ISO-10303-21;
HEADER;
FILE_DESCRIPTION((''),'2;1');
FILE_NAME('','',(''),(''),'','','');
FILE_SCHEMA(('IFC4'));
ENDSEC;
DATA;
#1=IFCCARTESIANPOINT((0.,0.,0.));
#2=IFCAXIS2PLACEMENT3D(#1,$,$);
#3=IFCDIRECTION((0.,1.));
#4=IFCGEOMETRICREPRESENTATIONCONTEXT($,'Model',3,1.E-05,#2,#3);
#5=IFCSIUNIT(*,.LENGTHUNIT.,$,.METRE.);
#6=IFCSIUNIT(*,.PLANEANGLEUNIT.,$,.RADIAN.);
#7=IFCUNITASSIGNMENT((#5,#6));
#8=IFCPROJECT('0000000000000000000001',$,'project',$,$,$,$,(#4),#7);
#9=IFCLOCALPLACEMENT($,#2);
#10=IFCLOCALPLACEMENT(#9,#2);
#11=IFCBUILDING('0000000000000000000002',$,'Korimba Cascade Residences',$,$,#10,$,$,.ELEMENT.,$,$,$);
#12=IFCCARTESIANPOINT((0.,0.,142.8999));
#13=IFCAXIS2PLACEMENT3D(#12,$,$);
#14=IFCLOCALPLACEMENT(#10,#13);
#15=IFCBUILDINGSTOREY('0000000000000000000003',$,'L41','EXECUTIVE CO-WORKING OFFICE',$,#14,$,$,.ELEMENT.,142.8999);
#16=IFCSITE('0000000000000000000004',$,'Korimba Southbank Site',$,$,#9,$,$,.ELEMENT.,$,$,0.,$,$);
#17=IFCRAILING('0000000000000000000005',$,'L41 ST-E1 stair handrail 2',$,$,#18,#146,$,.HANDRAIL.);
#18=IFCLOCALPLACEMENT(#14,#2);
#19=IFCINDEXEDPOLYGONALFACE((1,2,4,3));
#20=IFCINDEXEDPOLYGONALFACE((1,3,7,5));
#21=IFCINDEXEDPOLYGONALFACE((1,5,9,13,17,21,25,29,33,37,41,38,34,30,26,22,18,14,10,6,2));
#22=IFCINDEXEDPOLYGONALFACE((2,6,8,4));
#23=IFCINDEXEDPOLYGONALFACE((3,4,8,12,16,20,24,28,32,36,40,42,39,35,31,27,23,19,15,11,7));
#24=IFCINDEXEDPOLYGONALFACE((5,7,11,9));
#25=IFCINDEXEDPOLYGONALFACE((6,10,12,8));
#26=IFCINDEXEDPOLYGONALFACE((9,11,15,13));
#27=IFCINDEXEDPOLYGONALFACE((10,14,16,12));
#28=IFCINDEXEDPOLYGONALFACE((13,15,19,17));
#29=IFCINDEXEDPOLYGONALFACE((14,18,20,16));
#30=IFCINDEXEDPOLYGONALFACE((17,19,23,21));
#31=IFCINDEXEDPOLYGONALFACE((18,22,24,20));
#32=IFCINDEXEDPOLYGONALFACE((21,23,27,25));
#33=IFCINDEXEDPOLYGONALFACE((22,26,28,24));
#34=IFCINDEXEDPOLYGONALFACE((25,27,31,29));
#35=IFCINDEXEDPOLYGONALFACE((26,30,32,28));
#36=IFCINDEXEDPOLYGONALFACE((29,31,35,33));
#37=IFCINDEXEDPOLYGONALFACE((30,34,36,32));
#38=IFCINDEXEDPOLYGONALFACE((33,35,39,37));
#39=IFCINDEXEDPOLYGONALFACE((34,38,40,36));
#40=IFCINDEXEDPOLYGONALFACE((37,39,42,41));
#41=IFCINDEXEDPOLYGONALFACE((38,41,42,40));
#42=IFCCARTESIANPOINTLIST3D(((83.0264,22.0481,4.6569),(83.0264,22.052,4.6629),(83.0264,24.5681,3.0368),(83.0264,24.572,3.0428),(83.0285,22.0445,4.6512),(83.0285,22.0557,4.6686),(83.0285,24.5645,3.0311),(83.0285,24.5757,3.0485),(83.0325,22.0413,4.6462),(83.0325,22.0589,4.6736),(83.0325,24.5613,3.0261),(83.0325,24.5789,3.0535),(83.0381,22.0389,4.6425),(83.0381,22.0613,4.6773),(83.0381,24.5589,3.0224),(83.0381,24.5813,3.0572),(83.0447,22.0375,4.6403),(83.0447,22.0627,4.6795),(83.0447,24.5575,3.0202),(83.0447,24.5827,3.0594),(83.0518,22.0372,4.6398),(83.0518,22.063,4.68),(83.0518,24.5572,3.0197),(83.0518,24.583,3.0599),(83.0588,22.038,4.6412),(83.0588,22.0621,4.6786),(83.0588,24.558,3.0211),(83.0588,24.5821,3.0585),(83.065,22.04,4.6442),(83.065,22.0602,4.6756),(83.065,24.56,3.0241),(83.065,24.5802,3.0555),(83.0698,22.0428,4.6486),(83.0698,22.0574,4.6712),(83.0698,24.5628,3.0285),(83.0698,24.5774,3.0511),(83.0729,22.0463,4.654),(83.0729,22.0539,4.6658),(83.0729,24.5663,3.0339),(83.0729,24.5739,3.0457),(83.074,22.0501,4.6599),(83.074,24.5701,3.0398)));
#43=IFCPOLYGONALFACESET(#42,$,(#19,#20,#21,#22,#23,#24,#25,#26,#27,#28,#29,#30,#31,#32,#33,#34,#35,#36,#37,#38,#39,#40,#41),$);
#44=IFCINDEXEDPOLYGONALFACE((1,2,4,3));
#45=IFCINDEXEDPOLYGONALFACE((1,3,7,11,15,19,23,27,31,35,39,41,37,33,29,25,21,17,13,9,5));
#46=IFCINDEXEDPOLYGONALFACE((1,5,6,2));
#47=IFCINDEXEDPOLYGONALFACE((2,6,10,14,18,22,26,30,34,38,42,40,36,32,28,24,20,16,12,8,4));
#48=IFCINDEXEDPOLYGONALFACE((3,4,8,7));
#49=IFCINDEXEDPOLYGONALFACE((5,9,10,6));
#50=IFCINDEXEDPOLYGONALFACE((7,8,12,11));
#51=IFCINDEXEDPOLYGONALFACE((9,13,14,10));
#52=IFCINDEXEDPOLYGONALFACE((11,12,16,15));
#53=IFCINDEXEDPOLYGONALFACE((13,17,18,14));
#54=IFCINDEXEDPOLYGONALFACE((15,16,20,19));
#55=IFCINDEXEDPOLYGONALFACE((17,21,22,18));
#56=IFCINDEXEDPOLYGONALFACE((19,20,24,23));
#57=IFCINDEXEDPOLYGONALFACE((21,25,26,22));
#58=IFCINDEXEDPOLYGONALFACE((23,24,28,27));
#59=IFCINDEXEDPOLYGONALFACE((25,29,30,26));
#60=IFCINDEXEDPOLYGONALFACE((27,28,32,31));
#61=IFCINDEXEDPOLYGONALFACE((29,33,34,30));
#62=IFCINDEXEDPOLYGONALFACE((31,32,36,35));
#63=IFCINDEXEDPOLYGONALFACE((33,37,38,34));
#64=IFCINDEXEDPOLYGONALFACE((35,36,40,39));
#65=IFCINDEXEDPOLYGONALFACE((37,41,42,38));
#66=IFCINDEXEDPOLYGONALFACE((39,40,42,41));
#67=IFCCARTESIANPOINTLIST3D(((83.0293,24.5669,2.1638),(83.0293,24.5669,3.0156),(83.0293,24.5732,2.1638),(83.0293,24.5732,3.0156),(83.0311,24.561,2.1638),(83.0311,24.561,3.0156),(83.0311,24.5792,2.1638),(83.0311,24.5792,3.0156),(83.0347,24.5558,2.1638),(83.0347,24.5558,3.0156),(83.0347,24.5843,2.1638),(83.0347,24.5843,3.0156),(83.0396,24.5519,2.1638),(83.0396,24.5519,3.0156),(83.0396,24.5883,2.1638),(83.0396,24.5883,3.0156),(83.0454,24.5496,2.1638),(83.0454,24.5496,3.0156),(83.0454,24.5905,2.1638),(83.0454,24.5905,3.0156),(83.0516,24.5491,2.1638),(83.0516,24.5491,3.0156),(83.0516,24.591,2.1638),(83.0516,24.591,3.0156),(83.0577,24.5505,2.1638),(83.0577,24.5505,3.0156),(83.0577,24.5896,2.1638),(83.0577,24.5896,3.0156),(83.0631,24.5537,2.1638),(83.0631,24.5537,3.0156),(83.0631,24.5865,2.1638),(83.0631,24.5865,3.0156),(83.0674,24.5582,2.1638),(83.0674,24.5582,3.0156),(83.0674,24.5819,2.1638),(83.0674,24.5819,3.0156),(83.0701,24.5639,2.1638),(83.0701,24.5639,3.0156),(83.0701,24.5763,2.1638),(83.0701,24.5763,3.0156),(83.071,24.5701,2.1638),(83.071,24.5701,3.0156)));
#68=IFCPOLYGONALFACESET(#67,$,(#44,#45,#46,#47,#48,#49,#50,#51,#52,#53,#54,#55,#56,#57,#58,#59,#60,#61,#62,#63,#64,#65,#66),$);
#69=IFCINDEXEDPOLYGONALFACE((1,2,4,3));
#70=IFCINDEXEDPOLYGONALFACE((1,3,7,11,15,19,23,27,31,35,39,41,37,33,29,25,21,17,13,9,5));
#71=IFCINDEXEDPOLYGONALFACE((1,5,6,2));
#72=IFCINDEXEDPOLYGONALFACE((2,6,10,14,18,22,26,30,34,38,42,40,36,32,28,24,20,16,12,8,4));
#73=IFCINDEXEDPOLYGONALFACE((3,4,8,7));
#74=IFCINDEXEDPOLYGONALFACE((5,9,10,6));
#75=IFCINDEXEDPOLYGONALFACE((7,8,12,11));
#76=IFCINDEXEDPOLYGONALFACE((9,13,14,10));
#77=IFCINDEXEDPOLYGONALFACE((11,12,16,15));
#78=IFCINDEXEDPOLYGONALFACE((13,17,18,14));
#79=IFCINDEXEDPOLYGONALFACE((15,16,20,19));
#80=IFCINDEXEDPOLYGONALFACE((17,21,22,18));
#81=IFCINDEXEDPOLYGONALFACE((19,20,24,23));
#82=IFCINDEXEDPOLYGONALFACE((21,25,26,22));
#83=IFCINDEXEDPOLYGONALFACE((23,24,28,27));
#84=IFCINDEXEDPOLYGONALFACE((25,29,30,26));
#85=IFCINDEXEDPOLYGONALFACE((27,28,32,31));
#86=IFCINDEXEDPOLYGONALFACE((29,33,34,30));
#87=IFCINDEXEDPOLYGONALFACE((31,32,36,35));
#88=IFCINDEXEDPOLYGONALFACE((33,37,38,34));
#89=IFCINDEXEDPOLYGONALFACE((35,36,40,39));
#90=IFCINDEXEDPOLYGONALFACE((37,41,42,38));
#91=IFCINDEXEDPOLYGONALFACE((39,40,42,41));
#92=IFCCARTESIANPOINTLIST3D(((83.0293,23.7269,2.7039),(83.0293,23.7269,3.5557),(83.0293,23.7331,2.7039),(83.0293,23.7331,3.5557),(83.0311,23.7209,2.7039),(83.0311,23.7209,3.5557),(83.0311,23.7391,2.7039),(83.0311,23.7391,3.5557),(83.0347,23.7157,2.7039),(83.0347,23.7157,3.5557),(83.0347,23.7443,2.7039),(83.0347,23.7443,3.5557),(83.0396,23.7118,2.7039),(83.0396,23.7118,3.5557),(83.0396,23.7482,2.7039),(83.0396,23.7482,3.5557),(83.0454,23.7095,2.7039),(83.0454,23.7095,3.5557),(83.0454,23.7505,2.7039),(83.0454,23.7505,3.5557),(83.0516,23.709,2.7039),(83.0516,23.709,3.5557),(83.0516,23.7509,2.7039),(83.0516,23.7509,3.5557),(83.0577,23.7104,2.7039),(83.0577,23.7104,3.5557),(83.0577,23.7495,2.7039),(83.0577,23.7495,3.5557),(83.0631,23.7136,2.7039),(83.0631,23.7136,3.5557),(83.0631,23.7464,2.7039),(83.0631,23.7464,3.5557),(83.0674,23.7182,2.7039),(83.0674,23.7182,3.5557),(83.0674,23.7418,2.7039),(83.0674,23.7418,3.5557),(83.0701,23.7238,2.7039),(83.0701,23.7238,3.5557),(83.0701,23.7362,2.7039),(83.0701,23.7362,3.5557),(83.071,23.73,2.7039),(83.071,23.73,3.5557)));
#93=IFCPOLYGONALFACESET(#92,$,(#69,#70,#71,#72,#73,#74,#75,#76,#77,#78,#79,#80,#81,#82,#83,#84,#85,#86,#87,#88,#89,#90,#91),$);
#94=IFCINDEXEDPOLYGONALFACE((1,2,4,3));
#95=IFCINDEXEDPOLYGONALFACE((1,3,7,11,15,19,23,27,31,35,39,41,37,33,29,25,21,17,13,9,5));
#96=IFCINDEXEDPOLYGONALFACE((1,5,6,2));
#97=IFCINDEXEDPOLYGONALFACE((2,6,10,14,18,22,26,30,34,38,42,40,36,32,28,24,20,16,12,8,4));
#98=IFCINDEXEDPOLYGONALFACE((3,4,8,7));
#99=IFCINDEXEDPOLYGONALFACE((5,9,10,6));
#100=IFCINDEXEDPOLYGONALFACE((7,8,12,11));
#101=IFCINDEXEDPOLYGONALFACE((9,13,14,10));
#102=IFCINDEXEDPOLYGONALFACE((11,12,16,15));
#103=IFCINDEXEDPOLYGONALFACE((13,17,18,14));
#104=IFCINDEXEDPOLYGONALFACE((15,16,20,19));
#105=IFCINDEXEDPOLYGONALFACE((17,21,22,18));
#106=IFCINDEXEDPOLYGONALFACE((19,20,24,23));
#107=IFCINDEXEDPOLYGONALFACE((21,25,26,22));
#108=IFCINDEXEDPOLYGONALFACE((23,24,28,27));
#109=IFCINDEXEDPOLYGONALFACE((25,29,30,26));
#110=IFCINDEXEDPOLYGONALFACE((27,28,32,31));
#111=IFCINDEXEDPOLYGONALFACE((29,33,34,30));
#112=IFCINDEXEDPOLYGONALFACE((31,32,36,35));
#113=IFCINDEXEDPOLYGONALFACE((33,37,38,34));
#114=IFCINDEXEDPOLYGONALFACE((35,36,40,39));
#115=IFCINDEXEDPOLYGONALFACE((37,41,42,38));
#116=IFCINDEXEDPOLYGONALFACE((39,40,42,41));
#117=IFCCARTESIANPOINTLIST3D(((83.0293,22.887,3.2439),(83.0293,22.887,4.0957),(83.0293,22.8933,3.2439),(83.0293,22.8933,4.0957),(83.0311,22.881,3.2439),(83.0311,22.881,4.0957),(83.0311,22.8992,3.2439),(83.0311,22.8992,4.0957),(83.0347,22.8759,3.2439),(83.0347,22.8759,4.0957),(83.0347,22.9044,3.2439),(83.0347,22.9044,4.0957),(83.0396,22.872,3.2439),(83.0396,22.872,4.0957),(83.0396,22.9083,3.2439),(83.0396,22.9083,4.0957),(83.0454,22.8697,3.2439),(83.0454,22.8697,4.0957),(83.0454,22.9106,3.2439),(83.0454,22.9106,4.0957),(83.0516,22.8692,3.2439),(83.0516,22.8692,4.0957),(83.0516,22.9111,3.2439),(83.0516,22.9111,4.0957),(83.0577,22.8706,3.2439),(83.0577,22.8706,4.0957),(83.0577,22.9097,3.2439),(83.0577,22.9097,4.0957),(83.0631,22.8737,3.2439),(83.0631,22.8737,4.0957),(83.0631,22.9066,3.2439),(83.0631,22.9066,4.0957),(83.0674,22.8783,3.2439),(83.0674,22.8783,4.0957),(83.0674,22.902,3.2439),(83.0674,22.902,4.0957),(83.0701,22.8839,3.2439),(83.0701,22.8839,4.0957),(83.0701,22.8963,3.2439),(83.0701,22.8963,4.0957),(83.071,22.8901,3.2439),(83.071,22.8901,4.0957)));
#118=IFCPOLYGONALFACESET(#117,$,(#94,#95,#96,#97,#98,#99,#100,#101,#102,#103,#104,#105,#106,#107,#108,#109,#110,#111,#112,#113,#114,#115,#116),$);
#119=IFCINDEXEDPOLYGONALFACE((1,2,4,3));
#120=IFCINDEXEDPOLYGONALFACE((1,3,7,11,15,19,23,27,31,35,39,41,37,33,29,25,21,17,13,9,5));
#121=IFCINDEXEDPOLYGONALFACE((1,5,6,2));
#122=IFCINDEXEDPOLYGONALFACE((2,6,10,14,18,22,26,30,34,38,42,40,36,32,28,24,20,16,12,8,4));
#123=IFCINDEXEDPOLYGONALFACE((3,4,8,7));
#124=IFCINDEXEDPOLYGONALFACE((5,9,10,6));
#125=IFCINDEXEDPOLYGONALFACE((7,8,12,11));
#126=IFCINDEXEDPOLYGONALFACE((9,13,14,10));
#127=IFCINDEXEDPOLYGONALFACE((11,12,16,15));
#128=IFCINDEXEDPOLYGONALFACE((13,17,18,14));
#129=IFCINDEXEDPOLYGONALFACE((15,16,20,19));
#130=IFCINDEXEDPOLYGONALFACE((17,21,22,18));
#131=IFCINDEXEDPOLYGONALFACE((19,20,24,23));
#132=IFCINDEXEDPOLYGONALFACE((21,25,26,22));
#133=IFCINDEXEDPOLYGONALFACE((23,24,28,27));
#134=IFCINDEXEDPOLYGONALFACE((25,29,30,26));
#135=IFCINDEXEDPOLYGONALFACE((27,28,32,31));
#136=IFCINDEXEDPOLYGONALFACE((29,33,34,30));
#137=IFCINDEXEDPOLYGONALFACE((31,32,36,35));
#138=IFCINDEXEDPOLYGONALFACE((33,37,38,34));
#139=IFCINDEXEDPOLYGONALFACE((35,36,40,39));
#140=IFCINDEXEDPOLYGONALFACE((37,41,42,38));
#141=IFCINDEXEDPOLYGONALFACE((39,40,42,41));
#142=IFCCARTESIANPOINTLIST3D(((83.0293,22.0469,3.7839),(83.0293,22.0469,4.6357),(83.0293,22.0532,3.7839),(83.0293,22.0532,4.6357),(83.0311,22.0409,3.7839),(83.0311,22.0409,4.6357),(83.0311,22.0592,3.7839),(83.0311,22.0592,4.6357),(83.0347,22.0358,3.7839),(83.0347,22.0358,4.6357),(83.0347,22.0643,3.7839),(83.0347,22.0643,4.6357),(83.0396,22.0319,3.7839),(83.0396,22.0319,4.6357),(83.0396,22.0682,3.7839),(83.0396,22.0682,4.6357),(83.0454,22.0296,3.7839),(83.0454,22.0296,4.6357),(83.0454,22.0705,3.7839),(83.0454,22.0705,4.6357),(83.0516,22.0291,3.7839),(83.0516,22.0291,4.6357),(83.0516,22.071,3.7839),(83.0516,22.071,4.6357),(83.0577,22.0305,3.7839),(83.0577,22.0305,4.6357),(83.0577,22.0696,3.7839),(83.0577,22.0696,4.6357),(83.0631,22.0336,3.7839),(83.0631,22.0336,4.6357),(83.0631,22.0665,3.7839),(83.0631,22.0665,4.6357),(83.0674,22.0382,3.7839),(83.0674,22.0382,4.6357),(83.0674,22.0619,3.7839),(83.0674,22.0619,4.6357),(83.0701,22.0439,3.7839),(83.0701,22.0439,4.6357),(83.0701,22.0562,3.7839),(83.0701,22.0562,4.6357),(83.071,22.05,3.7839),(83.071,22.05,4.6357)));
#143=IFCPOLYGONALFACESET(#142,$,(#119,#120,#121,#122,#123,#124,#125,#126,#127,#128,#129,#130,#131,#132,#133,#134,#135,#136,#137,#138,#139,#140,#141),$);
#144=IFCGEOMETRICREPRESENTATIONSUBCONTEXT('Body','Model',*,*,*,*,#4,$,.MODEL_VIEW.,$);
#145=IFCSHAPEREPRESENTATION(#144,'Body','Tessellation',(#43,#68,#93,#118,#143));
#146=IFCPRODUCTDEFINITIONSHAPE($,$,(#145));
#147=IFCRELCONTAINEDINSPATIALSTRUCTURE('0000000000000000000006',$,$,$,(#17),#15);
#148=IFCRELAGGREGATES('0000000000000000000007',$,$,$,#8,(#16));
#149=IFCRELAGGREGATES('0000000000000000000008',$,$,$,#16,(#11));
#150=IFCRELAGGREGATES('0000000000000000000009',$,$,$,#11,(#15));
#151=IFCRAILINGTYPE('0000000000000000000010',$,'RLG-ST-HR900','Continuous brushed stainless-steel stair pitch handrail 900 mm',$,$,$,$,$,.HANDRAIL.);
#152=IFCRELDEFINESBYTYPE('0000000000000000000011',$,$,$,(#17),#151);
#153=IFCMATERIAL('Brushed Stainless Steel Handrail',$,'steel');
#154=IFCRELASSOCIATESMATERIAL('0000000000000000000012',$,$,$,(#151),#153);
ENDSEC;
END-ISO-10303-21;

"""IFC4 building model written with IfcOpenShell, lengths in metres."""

from ifc_helpers import new_model, si_unit, direction, frame, origin, origin_2d, place, context, subcontext, project, spatial, circle, extrude, material, type_object, element, save


model = new_model("IFC4")

# Units and contexts
model_context = context("Model", 3, precision=1e-05, world=origin(), true_north=direction((0.0, 1.0)))
body_context = subcontext(model_context, "Body", "Model", "MODEL_VIEW")
ifc_project = project(units=[si_unit("LENGTHUNIT", "METRE"), si_unit("PLANEANGLEUNIT", "RADIAN")], contexts=[model_context])

# Site, building, storey
site_placement = place(None, origin())
site = spatial("IfcSite", under=ifc_project, at=site_placement, Name="Korimba Southbank Site", CompositionType="ELEMENT", RefElevation=0.0)
building_placement = place(site_placement, origin())
building = spatial("IfcBuilding", under=site, at=building_placement, Name="Korimba Cascade Residences", CompositionType="ELEMENT")
storey_placement = place(building_placement, frame((0.0, 0.0, 142.8999)))
storey = spatial("IfcBuildingStorey", under=building, at=storey_placement, Name="L41", Description="EXECUTIVE CO-WORKING OFFICE", CompositionType="ELEMENT", Elevation=142.8999)

# Railing
ifc_material_1 = material(Name="Brushed Stainless Steel Handrail", Category="steel")
railing_type_1 = type_object("IfcRailingType", Name="RLG-ST-HR900", Description="Continuous brushed stainless-steel stair pitch handrail 900 mm", PredefinedType="HANDRAIL", material=ifc_material_1)
railing_1_placement = place(storey_placement, frame((83.05, 24.5701, 2.1638)))
element("IfcRailing", 1, at=railing_1_placement, inside=storey, type_object=railing_type_1, Name="L41 ST-E1 stair handrail 2", PredefinedType="HANDRAIL", context=body_context, shape_type="SweptSolid", body=[
    extrude(circle(Radius=0.0239, at=origin_2d()), frame((0.0, 0.0, 0.876), z_axis=(0.0, -0.841163, 0.540782), x_axis=(1.0, 0.0, 0.0)), (0.0, 0.0, 1.0), 2.9958),
    extrude(circle(Radius=0.021, at=origin_2d()), origin(), (0.0, 0.0, 1.0), 0.8518),
    extrude(circle(Radius=0.021, at=origin_2d()), frame((0.0, -0.8401, 0.54)), (0.0, 0.0, 1.0), 0.8518),
    extrude(circle(Radius=0.021, at=origin_2d()), frame((0.0, -1.6799, 1.0801)), (0.0, 0.0, 1.0), 0.8518),
    extrude(circle(Radius=0.021, at=origin_2d()), frame((0.0, -2.52, 1.6201)), (0.0, 0.0, 1.0), 0.8518),
])

save(model, "model.ifc")
